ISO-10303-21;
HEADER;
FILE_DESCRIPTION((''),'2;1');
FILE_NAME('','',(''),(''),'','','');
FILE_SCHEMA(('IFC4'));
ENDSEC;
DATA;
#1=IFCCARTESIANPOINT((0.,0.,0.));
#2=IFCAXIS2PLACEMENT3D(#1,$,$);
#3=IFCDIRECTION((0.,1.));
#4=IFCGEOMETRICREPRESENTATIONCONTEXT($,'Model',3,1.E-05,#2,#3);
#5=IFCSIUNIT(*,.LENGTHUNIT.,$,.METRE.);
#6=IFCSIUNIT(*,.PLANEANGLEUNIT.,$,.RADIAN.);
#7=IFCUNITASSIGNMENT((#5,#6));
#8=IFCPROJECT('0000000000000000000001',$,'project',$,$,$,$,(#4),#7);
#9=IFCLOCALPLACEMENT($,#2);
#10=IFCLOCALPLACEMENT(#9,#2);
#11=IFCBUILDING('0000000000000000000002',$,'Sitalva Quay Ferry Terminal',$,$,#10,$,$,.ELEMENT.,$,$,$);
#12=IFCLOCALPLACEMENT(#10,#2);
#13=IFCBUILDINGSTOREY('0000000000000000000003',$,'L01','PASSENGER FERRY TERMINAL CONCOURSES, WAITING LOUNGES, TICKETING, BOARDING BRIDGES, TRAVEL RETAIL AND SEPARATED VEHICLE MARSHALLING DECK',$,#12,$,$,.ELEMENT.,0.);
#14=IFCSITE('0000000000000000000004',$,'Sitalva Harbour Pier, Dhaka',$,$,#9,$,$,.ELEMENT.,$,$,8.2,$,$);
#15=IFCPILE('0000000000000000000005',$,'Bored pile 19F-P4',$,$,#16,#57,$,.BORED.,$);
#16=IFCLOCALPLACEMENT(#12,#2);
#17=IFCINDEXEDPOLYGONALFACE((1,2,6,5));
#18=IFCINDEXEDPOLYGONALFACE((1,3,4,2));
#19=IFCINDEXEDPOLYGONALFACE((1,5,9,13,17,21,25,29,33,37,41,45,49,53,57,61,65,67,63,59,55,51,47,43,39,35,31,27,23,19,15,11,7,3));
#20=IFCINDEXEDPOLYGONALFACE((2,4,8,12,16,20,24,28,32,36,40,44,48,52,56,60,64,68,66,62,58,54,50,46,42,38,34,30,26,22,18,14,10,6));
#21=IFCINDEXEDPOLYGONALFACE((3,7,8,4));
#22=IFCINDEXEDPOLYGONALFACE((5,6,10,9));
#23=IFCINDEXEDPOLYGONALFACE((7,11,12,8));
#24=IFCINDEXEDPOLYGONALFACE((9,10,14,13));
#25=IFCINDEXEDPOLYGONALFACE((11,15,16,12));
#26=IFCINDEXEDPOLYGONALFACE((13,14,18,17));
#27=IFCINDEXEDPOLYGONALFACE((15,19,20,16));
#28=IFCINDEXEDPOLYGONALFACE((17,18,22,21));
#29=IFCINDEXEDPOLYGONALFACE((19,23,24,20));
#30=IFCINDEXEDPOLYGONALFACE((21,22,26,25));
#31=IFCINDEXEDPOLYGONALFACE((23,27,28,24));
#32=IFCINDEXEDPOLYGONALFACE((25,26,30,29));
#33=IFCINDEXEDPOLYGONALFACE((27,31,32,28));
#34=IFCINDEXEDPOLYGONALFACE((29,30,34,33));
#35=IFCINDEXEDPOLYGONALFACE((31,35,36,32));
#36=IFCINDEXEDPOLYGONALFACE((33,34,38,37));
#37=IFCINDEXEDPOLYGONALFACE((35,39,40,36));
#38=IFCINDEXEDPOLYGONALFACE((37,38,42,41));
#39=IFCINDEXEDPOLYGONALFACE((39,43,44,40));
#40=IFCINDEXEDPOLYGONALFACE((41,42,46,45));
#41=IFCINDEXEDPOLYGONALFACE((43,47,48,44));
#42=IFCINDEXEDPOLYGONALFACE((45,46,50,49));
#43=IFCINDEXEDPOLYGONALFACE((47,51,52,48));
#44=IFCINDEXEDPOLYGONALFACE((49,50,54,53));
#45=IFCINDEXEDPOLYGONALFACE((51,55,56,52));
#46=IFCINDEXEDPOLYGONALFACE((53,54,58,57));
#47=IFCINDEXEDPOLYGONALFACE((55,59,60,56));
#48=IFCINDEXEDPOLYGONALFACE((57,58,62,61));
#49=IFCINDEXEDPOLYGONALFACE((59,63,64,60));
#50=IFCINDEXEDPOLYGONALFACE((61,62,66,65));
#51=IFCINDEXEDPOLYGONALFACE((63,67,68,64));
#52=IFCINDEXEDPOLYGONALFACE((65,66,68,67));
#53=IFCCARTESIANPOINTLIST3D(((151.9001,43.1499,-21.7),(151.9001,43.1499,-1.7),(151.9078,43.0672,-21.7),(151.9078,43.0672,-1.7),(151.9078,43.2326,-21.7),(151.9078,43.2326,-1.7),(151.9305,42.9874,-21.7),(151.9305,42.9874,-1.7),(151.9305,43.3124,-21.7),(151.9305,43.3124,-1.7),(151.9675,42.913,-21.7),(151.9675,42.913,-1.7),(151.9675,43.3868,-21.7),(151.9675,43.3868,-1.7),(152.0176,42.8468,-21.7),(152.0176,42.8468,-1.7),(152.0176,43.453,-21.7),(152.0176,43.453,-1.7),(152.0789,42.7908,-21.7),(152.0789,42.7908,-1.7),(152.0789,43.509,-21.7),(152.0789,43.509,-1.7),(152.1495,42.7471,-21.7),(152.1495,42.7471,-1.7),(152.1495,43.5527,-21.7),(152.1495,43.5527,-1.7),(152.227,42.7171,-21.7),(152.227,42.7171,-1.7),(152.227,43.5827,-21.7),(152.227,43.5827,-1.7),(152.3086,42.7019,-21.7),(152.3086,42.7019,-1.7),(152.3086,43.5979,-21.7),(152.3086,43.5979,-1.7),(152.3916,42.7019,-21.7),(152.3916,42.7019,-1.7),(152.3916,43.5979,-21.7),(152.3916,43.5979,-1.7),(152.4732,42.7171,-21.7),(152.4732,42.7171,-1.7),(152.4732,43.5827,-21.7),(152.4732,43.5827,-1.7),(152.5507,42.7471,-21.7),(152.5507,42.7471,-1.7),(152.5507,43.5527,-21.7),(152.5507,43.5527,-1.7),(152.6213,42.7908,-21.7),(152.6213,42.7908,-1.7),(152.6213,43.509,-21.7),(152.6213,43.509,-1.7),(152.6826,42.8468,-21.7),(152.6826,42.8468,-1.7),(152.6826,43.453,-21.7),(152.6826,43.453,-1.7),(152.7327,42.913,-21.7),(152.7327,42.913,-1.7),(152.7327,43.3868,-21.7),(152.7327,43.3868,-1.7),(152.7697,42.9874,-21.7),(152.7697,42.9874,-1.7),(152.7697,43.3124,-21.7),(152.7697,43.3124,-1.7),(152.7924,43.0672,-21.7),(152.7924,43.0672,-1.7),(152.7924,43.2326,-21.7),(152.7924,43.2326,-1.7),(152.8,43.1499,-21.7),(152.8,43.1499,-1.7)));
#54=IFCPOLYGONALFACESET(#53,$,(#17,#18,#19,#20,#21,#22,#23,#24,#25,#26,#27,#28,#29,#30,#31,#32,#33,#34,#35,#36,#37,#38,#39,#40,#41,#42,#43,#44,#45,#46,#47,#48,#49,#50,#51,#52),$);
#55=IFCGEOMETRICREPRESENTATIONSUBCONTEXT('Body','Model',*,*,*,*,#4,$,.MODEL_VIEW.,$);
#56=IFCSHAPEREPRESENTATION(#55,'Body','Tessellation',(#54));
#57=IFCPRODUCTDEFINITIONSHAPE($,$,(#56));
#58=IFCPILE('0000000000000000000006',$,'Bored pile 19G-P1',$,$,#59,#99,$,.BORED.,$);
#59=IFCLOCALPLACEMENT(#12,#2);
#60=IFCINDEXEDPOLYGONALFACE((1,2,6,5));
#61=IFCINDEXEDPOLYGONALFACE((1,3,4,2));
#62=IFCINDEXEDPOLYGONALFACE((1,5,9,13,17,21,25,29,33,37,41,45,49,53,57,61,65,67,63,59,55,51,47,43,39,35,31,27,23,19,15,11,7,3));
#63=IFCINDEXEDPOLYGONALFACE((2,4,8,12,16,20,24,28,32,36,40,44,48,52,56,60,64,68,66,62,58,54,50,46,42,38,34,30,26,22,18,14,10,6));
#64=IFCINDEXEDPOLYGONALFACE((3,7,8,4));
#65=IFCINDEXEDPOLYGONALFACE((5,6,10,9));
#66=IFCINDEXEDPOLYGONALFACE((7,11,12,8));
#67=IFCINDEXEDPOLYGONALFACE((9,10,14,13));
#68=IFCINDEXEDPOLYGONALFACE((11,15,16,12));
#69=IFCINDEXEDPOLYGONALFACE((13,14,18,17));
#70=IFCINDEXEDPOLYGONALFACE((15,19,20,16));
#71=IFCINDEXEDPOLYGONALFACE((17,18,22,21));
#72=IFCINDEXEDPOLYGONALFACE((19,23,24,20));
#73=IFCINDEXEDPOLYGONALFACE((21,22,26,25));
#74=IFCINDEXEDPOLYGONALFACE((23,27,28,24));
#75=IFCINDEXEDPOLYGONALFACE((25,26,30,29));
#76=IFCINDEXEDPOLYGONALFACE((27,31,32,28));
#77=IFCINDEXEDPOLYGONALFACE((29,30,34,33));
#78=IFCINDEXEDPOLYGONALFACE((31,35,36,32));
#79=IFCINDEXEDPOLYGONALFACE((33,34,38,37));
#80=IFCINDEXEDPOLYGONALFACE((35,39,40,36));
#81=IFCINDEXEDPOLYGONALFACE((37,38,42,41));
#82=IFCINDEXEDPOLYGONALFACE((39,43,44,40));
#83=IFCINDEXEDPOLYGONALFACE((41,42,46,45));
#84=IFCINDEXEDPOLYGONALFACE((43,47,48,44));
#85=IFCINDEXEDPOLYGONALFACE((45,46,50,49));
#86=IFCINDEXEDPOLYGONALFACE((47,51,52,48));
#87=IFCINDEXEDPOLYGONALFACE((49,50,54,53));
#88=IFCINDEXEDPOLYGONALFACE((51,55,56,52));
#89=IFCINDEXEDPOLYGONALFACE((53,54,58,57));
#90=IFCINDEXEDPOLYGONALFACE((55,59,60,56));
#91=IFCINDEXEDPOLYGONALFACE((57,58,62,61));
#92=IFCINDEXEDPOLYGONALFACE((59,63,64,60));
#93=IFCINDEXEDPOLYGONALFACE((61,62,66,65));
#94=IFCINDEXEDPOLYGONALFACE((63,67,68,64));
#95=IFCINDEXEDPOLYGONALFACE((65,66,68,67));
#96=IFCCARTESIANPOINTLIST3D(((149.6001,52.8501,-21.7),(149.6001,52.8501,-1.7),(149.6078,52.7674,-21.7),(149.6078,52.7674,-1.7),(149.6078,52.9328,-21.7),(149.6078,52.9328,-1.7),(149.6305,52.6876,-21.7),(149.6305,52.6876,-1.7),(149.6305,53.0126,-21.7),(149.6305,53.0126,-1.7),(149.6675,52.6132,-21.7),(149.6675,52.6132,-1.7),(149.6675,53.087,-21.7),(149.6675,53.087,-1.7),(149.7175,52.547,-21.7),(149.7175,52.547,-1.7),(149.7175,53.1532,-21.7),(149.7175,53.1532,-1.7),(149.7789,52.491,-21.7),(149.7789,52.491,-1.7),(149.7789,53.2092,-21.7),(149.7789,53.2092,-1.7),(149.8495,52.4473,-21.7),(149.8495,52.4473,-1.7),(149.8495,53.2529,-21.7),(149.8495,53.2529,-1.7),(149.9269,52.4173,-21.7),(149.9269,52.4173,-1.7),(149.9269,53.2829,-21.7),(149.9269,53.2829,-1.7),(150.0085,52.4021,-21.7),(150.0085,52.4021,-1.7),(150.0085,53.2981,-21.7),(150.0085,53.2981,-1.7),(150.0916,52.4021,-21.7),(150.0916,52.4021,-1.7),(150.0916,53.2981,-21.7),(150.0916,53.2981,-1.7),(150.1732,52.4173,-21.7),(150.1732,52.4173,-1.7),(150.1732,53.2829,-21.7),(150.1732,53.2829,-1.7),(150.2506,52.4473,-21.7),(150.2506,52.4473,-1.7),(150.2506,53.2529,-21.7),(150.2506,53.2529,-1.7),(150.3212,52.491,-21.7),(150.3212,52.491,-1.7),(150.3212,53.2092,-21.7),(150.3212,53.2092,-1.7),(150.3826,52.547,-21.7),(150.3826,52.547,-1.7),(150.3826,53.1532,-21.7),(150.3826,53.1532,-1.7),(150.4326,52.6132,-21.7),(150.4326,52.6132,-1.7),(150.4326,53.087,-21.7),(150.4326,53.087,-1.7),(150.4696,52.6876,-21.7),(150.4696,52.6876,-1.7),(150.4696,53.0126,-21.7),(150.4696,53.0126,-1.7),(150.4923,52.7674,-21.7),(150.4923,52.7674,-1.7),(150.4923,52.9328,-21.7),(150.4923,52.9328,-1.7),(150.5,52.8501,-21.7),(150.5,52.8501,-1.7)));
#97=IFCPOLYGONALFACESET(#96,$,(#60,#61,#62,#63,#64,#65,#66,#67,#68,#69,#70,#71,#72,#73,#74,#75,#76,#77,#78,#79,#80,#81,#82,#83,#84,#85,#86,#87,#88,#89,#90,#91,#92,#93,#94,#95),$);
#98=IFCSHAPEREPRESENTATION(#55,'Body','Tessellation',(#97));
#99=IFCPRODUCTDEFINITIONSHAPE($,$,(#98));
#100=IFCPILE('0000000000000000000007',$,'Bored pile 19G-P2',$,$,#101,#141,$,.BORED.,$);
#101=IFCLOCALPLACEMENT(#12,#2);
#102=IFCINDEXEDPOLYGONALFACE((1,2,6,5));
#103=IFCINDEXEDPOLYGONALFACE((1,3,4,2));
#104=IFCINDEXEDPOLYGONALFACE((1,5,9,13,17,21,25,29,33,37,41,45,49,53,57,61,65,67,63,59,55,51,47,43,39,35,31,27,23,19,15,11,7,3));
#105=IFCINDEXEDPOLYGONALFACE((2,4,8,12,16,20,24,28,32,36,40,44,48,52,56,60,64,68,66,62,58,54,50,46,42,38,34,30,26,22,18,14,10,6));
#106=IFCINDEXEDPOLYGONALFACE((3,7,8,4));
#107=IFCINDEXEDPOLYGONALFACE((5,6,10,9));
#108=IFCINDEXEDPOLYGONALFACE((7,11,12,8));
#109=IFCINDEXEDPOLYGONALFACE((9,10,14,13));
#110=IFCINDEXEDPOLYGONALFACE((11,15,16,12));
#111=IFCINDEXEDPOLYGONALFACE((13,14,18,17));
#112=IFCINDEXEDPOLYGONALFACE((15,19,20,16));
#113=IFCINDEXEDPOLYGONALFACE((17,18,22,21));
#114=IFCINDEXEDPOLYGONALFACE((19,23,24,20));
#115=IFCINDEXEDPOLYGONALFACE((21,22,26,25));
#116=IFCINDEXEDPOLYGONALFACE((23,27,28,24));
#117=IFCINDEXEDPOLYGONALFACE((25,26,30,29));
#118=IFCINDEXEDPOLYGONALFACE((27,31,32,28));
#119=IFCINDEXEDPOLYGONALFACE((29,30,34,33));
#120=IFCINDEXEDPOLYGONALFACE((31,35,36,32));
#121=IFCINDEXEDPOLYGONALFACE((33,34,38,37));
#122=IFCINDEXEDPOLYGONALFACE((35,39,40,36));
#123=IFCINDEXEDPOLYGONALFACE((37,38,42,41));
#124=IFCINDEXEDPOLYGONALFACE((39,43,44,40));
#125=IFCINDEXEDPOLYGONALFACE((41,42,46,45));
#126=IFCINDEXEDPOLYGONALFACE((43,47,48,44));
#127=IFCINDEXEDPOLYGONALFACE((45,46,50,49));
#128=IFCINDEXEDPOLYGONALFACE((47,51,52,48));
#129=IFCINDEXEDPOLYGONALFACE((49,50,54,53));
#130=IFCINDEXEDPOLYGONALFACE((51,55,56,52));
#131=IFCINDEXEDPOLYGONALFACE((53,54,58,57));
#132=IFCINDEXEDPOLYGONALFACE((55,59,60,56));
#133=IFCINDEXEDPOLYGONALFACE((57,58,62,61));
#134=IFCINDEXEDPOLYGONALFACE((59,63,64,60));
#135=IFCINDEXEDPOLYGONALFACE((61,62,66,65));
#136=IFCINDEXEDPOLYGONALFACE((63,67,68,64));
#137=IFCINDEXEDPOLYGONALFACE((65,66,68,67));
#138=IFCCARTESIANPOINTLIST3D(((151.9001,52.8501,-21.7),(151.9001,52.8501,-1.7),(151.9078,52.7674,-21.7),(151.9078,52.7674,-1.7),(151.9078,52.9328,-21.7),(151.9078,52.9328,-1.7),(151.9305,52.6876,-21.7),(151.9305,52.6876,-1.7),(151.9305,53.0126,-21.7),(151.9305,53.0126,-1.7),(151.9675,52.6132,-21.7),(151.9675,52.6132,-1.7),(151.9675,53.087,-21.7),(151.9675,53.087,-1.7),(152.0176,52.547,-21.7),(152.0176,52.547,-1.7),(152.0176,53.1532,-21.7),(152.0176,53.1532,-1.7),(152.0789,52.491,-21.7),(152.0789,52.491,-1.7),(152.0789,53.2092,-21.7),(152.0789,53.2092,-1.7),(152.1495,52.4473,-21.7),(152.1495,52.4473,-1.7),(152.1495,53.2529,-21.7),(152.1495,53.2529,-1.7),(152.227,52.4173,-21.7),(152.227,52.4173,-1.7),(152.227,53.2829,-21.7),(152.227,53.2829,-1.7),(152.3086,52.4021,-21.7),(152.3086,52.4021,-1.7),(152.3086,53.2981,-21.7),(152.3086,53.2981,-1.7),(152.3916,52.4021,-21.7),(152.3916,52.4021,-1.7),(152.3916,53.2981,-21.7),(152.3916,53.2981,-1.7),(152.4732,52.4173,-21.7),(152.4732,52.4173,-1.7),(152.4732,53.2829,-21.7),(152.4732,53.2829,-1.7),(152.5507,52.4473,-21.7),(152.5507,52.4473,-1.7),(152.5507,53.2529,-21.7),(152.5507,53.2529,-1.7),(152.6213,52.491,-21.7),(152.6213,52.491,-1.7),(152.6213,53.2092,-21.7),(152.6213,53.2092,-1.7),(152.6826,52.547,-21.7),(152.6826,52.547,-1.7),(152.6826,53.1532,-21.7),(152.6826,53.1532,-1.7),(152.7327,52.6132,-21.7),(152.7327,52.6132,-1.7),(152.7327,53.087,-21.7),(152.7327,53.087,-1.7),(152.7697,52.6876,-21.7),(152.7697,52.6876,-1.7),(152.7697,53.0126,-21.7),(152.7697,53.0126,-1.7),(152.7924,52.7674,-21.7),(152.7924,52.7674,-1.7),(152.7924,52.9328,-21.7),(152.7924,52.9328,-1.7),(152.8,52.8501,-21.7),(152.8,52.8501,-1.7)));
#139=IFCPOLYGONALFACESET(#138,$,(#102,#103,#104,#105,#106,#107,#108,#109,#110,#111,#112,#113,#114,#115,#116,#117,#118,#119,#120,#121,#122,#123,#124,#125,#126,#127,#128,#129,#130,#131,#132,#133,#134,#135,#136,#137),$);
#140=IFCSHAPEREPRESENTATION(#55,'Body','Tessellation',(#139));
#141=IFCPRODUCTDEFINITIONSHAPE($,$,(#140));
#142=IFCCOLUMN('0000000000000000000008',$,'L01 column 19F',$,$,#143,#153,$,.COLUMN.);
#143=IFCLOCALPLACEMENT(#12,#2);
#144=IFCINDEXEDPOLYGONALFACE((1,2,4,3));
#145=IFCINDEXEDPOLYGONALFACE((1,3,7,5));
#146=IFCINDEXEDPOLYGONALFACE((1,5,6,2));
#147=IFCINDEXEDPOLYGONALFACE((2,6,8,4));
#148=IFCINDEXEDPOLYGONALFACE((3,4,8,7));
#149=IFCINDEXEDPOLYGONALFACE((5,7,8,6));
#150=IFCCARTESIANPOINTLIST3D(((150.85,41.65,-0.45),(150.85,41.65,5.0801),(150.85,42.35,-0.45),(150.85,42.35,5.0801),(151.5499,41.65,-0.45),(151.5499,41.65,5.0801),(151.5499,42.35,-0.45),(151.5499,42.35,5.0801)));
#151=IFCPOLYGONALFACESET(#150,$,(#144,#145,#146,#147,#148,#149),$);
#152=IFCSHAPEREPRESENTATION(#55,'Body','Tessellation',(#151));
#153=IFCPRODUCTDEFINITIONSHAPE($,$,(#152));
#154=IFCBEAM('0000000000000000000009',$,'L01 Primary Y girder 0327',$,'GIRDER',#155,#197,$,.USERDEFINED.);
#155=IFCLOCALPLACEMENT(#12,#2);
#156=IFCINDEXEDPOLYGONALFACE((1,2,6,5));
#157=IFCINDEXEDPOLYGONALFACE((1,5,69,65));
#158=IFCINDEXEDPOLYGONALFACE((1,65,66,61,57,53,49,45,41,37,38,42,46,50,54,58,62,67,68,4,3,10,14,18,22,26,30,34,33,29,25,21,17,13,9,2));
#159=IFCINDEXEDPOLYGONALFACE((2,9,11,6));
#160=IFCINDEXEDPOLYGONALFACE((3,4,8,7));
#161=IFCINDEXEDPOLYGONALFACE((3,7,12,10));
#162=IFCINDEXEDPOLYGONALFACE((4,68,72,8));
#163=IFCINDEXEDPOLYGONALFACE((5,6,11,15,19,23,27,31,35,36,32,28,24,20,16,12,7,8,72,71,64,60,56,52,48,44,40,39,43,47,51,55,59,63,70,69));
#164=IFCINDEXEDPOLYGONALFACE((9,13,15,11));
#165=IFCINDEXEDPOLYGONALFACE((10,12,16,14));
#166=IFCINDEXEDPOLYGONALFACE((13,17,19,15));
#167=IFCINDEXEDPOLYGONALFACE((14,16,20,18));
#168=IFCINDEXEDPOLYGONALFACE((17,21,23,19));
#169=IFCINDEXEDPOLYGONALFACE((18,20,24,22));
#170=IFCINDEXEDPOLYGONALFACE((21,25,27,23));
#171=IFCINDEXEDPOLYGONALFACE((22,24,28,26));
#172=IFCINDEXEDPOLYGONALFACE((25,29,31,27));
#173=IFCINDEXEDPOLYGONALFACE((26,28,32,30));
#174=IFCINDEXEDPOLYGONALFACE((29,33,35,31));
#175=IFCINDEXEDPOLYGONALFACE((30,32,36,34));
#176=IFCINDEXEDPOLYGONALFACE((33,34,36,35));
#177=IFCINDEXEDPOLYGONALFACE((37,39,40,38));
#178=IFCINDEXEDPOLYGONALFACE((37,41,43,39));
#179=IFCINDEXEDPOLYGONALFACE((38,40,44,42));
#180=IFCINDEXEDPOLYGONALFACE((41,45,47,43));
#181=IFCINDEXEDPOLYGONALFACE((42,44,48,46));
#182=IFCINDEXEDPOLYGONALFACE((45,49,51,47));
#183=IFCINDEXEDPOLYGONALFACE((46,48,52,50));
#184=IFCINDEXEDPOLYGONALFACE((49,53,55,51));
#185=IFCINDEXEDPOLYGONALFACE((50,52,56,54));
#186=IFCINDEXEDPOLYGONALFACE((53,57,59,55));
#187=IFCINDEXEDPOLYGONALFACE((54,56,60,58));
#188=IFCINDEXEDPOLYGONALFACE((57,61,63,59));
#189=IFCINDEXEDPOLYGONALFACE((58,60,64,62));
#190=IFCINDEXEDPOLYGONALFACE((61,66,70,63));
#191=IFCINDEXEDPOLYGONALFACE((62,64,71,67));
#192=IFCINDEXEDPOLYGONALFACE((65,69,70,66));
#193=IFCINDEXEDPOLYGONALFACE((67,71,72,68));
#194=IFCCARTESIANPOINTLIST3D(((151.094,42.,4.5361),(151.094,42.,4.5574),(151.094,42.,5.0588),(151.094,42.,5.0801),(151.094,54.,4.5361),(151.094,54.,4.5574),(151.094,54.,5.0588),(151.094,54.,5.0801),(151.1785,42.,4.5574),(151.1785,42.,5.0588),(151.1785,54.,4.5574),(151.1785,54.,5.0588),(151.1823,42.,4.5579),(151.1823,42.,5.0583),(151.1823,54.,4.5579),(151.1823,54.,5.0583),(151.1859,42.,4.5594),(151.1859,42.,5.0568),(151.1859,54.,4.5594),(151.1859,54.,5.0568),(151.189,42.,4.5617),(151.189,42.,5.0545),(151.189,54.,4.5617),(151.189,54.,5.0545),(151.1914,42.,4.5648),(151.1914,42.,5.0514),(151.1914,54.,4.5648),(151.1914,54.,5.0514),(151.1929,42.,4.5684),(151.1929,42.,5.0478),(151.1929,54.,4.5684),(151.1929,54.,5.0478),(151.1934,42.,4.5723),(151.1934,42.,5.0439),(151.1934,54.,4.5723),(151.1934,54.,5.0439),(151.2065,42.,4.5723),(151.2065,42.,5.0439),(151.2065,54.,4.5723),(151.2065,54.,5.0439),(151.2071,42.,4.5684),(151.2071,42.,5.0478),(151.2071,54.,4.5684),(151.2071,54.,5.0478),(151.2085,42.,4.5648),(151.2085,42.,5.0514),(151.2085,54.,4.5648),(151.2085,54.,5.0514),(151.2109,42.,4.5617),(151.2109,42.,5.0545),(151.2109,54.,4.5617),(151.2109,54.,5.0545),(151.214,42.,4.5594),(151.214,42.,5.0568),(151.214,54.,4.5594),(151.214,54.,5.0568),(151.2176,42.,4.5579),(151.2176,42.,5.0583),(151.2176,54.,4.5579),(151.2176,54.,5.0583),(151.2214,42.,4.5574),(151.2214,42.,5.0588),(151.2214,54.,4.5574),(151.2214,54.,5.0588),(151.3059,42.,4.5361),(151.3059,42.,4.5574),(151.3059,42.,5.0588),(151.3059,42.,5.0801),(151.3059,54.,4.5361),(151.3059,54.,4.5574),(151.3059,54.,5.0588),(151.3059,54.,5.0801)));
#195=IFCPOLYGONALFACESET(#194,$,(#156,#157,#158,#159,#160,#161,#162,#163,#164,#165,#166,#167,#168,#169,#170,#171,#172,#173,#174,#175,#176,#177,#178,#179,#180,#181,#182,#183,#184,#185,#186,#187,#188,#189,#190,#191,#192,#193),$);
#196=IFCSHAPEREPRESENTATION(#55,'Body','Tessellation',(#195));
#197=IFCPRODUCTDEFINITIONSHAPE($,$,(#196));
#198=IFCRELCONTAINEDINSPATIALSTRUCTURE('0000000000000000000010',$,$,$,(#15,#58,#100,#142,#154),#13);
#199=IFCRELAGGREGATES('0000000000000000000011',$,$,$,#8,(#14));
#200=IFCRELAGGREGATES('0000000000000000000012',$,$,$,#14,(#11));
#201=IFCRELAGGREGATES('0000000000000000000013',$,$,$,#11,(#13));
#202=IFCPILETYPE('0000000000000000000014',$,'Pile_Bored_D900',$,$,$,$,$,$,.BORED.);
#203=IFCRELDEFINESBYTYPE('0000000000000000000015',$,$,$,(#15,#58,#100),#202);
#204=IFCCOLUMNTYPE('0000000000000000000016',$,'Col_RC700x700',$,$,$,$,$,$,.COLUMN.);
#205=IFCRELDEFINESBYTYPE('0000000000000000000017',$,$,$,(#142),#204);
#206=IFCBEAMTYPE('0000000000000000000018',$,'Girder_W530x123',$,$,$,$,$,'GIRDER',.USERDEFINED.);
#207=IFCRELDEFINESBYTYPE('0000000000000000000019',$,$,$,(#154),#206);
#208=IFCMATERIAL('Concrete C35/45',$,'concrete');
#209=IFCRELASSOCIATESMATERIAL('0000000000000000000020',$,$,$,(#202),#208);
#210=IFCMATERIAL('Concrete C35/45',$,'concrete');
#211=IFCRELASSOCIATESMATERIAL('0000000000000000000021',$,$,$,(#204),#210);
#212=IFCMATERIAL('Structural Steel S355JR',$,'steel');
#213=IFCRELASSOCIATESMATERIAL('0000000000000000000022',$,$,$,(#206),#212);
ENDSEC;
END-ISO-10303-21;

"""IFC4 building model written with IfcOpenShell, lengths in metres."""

from ifc_helpers import new_model, si_unit, direction, frame, origin, origin_2d, place, context, subcontext, project, spatial, rectangle, circle, i_section, extrude, material, material_profile, profile_set, type_object, element, save


model = new_model("IFC4")

# Units and contexts
model_context = context("Model", 3, precision=1e-05, world=origin(), true_north=direction((0.0, 1.0)))
body_context = subcontext(model_context, "Body", "Model", "MODEL_VIEW")
ifc_project = project(units=[si_unit("LENGTHUNIT", "METRE"), si_unit("PLANEANGLEUNIT", "RADIAN")], contexts=[model_context])

# Site, building, storey
site_placement = place(None, origin())
site = spatial("IfcSite", under=ifc_project, at=site_placement, Name="Sitalva Harbour Pier, Dhaka", CompositionType="ELEMENT", RefElevation=8.2)
building_placement = place(site_placement, origin())
building = spatial("IfcBuilding", under=site, at=building_placement, Name="Sitalva Quay Ferry Terminal", CompositionType="ELEMENT")
storey_placement = place(building_placement, origin())
storey = spatial("IfcBuildingStorey", under=building, at=storey_placement, Name="L01", Description="PASSENGER FERRY TERMINAL CONCOURSES, WAITING LOUNGES, TICKETING, BOARDING BRIDGES, TRAVEL RETAIL AND SEPARATED VEHICLE MARSHALLING DECK", CompositionType="ELEMENT", Elevation=0.0)

# Piles
ifc_material_1 = material(Name="Concrete C35/45", Category="concrete")
ifc_material_profile_1 = material_profile(ifc_material_1, circle(Radius=0.45, at=origin_2d()), Name="PILE-D900")
ifc_profile_set_1 = profile_set([ifc_material_profile_1], Name="Concrete C35/45")
pile_type = type_object("IfcPileType", Name="Pile_Bored_D900", PredefinedType="BORED", material=ifc_profile_set_1)
for number, where, z_axis, x_axis, name in (
    (1, (152.3501, 43.1499, -1.7), (0.0, 0.0, -1.0), (1.0, 0.0, 0.0), "Bored pile 19F-P4"),
    (2, (150.05, 52.8501, -1.7), (0.0, 0.0, -1.0), (1.0, 0.0, 0.0), "Bored pile 19G-P1"),
    (3, (152.3501, 52.8501, -1.7), (0.0, 0.0, -1.0), (1.0, 0.0, 0.0), "Bored pile 19G-P2"),
):
    element("IfcPile", number, at=place(storey_placement, frame(where, z_axis=z_axis, x_axis=x_axis)), inside=storey, type_object=pile_type, Name=name, PredefinedType="BORED", context=body_context, shape_type="SweptSolid", body=[
        extrude(circle(Radius=0.45, at=origin_2d()), origin(), (0.0, 0.0, 1.0), 20.0),
    ])

# Column
ifc_material_2 = material(Name="Concrete C35/45", Category="concrete")
ifc_material_profile_2 = material_profile(ifc_material_2, rectangle(XDim=0.7, YDim=0.7, at=origin_2d()), Name="RC700x700")
ifc_profile_set_2 = profile_set([ifc_material_profile_2], Name="Concrete C35/45")
column_type = type_object("IfcColumnType", Name="Col_RC700x700", PredefinedType="COLUMN", material=ifc_profile_set_2)
column_placement = place(storey_placement, frame((151.2, 42.0, -0.45), z_axis=(0.0, 0.0, 1.0), x_axis=(1.0, 0.0, 0.0)))
element("IfcColumn", 4, at=column_placement, inside=storey, type_object=column_type, Name="L01 column 19F", PredefinedType="COLUMN", context=body_context, shape_type="SweptSolid", body=[
    extrude(rectangle(XDim=0.7, YDim=0.7, at=origin_2d()), origin(), (0.0, 0.0, 1.0), 5.53),
])

# Beam
ifc_material_3 = material(Name="Structural Steel S355JR", Category="steel")
ifc_material_profile_3 = material_profile(ifc_material_3, i_section(OverallWidth=0.2119, OverallDepth=0.5439, WebThickness=0.0132, FlangeThickness=0.0212, FilletRadius=0.0149, at=origin_2d()), Name="W530x123")
ifc_profile_set_3 = profile_set([ifc_material_profile_3], Name="Structural Steel S355JR")
beam_type_1 = type_object("IfcBeamType", Name="Girder_W530x123", ElementType="GIRDER", PredefinedType="USERDEFINED", material=ifc_profile_set_3)
beam_1_placement = place(storey_placement, frame((151.2, 42.0, 4.8081), z_axis=(0.0, 1.0, 0.0), x_axis=(-1.0, 0.0, 0.0)))
element("IfcBeam", 5, at=beam_1_placement, inside=storey, type_object=beam_type_1, Name="L01 Primary Y girder 0327", ObjectType="GIRDER", PredefinedType="USERDEFINED", context=body_context, shape_type="SweptSolid", body=[
    extrude(i_section(OverallWidth=0.2119, OverallDepth=0.5439, WebThickness=0.0132, FlangeThickness=0.0212, FilletRadius=0.0149, at=origin_2d()), origin(), (0.0, 0.0, 1.0), 12.0),
])

save(model, "model.ifc")
